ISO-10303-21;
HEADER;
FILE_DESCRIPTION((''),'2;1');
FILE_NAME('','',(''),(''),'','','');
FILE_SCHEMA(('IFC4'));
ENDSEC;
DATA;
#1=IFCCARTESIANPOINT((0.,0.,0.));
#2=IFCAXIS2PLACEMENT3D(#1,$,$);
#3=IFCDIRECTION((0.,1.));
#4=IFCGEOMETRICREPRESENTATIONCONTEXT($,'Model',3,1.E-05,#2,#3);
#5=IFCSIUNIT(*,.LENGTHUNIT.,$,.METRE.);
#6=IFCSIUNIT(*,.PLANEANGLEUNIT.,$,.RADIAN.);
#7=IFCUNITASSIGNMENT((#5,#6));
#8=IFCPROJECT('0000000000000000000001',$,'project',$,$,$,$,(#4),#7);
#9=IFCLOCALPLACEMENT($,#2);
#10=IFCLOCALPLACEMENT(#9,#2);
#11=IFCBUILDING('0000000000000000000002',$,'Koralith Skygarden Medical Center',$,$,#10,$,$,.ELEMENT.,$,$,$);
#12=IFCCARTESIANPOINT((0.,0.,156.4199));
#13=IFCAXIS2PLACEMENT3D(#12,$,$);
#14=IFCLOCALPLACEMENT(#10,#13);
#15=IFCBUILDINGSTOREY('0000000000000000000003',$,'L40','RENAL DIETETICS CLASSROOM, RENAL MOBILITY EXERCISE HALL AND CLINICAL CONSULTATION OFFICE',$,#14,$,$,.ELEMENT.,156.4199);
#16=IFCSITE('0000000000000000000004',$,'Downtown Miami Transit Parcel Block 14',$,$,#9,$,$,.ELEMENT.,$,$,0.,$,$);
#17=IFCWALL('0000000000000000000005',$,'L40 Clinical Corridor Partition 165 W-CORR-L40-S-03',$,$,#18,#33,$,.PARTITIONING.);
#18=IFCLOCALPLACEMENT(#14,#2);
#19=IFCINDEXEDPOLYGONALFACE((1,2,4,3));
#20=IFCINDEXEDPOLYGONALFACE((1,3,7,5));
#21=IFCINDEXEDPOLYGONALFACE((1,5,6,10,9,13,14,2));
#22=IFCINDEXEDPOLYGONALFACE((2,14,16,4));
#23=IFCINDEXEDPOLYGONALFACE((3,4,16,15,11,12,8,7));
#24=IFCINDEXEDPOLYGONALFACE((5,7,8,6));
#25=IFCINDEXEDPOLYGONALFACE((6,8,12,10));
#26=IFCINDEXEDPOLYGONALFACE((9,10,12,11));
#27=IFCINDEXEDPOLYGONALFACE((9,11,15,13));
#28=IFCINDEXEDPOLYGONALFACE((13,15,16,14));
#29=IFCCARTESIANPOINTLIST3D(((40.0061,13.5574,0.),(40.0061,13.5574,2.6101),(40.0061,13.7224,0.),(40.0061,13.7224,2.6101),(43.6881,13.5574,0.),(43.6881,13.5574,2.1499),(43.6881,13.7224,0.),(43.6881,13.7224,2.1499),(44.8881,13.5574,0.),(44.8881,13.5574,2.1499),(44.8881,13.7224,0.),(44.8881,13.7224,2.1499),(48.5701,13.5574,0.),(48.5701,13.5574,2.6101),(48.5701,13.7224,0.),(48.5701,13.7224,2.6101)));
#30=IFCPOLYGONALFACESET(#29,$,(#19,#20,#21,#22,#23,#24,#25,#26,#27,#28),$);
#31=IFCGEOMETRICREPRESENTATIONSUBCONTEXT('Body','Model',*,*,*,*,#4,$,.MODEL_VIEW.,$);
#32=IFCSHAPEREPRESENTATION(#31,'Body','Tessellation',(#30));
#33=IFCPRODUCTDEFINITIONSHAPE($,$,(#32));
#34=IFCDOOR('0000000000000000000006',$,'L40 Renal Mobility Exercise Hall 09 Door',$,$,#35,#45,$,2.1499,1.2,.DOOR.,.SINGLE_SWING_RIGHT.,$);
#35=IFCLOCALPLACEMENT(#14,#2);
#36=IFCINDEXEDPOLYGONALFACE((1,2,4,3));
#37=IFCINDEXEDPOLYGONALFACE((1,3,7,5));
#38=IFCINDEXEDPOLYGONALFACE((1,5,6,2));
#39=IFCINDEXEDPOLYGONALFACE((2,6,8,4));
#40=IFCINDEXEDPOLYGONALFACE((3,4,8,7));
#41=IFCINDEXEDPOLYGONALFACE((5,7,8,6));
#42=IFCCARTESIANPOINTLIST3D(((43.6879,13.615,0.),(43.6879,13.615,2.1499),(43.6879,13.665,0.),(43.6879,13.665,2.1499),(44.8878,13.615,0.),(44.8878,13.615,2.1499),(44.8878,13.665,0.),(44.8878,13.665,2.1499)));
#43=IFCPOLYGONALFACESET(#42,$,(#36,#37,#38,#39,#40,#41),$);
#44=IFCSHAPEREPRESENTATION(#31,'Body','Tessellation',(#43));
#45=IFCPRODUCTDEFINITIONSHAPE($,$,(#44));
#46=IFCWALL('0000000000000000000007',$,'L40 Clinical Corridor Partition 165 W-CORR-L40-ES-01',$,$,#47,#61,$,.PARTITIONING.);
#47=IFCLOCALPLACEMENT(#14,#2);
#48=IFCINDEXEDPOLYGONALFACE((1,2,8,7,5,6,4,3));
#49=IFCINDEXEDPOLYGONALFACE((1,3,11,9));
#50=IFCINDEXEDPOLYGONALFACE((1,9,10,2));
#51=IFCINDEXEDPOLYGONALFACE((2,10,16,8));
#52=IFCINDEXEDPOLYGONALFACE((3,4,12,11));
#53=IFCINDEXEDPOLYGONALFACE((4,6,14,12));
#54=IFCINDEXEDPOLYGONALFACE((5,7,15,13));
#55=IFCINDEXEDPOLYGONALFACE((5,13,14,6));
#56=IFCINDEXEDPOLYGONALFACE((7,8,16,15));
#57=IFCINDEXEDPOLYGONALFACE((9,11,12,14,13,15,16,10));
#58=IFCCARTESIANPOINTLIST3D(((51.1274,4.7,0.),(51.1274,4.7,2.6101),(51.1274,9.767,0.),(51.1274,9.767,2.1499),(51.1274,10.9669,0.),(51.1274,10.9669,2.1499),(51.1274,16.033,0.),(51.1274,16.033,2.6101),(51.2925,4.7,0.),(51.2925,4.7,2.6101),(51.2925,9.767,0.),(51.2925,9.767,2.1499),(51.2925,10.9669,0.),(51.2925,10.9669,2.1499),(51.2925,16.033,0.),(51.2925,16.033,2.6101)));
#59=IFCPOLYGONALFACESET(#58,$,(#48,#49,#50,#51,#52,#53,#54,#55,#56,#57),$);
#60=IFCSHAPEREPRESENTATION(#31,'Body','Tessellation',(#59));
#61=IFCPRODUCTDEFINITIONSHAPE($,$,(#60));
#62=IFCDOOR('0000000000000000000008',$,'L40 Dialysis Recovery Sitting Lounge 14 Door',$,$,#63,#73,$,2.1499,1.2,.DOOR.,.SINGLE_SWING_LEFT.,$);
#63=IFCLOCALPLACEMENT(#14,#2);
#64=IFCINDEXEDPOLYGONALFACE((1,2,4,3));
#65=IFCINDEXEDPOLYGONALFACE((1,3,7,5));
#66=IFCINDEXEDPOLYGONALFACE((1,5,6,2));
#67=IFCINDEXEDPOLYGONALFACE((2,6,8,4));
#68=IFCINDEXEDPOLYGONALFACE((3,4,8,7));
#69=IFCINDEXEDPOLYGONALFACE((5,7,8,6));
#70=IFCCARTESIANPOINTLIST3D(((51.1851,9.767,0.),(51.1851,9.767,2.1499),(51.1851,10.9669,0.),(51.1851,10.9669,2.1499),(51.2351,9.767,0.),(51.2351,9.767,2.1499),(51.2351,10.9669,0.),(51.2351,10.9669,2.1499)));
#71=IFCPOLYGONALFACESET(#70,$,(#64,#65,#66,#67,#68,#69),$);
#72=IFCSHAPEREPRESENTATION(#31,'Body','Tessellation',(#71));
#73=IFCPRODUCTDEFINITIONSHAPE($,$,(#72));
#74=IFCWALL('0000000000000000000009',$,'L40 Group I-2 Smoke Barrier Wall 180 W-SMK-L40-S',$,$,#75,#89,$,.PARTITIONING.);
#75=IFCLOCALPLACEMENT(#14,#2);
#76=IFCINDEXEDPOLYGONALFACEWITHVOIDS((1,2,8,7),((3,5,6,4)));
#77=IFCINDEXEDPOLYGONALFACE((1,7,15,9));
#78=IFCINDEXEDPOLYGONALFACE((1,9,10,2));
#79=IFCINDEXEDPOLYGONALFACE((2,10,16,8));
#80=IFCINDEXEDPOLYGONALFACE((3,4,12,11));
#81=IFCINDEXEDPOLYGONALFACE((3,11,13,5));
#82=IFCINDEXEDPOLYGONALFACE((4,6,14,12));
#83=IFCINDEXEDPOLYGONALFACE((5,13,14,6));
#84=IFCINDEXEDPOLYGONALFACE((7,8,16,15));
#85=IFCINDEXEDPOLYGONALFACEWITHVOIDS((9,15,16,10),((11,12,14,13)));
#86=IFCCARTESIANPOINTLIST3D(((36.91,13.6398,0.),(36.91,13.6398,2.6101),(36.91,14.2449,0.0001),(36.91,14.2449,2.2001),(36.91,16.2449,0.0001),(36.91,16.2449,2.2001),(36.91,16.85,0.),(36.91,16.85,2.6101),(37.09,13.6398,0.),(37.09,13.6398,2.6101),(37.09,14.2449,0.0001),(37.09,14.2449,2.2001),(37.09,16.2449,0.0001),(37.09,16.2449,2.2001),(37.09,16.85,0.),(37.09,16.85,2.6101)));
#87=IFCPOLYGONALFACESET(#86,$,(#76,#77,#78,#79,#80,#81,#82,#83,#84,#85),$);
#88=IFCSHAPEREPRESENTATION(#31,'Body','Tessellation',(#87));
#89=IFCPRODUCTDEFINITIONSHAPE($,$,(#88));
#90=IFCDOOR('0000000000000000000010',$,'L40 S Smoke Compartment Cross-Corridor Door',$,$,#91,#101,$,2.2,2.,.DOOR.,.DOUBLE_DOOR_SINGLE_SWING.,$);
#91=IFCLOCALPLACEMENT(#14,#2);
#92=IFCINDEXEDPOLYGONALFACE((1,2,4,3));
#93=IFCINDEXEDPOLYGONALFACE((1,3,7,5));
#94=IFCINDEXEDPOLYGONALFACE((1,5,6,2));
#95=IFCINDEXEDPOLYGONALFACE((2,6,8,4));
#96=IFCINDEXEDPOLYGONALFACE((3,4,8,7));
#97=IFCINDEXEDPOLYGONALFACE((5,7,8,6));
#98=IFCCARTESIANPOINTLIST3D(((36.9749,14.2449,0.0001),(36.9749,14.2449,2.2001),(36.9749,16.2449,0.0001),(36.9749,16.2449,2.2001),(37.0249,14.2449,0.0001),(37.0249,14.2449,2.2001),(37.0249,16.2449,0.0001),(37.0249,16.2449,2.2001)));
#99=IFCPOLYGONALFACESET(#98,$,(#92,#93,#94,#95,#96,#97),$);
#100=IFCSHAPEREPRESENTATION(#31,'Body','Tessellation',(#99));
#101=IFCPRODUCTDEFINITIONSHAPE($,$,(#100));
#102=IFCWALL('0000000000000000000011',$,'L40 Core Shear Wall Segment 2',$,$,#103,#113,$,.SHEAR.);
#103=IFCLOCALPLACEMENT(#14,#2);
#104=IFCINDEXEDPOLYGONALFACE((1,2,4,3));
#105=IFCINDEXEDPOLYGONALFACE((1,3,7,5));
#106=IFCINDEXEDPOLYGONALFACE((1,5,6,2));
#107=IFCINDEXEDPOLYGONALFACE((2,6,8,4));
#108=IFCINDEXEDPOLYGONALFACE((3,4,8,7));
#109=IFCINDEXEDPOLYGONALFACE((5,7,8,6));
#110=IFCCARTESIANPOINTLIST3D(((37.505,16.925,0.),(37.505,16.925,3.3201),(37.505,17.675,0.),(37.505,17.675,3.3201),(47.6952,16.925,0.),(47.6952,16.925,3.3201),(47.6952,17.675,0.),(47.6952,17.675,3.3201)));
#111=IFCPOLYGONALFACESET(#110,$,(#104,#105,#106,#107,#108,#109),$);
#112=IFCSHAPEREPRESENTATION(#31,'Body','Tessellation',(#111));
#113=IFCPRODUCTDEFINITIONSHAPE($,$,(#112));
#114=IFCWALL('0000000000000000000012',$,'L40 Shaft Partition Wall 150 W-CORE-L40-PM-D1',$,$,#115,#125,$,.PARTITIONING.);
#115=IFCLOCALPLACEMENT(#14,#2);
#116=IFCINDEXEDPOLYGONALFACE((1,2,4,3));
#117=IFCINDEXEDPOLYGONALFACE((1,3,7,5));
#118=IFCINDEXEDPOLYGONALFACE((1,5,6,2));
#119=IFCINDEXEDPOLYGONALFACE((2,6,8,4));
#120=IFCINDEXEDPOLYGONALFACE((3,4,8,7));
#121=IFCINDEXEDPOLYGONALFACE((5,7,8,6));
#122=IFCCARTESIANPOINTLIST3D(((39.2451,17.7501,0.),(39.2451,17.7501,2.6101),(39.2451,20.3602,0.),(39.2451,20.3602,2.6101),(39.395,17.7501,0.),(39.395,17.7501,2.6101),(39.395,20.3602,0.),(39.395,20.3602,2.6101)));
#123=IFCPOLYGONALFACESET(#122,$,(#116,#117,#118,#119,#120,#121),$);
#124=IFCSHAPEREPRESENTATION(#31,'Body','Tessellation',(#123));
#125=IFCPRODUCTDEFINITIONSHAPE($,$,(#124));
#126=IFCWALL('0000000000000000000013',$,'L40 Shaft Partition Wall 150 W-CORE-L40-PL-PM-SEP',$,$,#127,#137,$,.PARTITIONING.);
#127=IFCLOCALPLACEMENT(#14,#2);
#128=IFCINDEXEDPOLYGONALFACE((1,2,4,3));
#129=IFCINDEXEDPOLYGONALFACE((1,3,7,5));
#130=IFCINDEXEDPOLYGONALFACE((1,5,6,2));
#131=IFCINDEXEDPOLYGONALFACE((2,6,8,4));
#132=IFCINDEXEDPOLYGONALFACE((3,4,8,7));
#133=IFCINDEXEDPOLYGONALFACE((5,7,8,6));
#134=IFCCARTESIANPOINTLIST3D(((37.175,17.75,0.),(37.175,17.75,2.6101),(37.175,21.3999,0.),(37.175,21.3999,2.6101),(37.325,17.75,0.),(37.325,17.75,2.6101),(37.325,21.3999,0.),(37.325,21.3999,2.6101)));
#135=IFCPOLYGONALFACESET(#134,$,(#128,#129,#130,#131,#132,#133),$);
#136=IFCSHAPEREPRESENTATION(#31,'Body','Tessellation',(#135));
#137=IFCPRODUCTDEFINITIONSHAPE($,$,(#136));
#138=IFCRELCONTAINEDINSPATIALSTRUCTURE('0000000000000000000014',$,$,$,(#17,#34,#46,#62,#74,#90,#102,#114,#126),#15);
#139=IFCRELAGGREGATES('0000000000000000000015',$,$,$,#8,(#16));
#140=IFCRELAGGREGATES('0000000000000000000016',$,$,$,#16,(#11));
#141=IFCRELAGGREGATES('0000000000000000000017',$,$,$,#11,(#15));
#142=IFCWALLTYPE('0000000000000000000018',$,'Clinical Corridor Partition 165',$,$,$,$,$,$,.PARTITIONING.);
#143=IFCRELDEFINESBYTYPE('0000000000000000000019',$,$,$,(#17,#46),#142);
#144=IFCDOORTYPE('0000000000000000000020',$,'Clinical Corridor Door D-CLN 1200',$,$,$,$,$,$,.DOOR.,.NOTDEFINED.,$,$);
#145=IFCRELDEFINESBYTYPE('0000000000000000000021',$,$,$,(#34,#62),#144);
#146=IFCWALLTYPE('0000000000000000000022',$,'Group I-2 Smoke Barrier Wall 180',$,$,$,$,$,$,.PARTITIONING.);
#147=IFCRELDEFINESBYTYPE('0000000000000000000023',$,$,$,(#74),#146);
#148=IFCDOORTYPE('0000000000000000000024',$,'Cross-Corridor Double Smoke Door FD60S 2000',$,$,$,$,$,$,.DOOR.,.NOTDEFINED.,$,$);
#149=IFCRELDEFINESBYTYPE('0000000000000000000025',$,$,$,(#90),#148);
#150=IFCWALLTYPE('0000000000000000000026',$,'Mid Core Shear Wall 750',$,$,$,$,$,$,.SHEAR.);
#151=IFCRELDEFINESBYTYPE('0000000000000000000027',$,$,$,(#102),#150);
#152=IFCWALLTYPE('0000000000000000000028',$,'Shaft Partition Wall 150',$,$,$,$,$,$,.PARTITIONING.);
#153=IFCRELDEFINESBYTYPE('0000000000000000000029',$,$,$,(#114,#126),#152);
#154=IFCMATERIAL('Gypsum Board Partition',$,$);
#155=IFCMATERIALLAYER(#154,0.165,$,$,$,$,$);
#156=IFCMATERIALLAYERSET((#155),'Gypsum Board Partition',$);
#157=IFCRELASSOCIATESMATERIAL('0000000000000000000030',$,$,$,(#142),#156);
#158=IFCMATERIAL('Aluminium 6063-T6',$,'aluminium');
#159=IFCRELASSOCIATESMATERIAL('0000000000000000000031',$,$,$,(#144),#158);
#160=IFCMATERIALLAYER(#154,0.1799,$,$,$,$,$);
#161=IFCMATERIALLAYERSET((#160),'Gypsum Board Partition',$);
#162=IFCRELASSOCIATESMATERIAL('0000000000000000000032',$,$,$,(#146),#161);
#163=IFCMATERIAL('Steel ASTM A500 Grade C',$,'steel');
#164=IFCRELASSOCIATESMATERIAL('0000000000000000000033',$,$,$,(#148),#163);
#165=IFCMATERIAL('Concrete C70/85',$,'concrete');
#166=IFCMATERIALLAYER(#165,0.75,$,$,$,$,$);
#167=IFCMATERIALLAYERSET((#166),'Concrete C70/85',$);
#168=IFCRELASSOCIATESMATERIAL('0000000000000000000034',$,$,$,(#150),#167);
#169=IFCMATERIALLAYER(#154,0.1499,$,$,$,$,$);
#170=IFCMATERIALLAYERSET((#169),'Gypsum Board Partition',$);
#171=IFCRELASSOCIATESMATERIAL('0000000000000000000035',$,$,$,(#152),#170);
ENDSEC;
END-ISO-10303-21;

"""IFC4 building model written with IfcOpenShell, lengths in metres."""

from ifc_helpers import new_model, si_unit, direction, frame, frame_2d, origin, place, context, subcontext, project, spatial, rectangle, extrude, material, layer, layer_set, type_object, element, fill, save


model = new_model("IFC4")

# Units and contexts
model_context = context("Model", 3, precision=1e-05, world=origin(), true_north=direction((0.0, 1.0)))
body_context = subcontext(model_context, "Body", "Model", "MODEL_VIEW")
ifc_project = project(units=[si_unit("LENGTHUNIT", "METRE"), si_unit("PLANEANGLEUNIT", "RADIAN")], contexts=[model_context])

# Site, building, storey
site_placement = place(None, origin())
site = spatial("IfcSite", under=ifc_project, at=site_placement, Name="Downtown Miami Transit Parcel Block 14", CompositionType="ELEMENT", RefElevation=0.0)
building_placement = place(site_placement, origin())
building = spatial("IfcBuilding", under=site, at=building_placement, Name="Koralith Skygarden Medical Center", CompositionType="ELEMENT")
storey_placement = place(building_placement, frame((0.0, 0.0, 156.4199)))
storey = spatial("IfcBuildingStorey", under=building, at=storey_placement, Name="L40", Description="RENAL DIETETICS CLASSROOM, RENAL MOBILITY EXERCISE HALL AND CLINICAL CONSULTATION OFFICE", CompositionType="ELEMENT", Elevation=156.4199)

# Shared definitions
ifc_material_1 = material(Name="Concrete C70/85", Category="concrete")

# Shared definitions
ifc_material_2 = material(Name="Aluminium 6063-T6", Category="aluminium")

# Shared definitions
ifc_material_3 = material(Name="Gypsum Board Partition")
ifc_layer_1 = layer(ifc_material_3, 0.165)
ifc_layer_set_1 = layer_set([ifc_layer_1], Name="Gypsum Board Partition")
wall_type_1 = type_object("IfcWallType", Name="Clinical Corridor Partition 165", PredefinedType="PARTITIONING", material=ifc_layer_set_1)

# Walls, openings, doors
wall_1_placement = place(storey_placement, frame((40.0061, 13.6399, 0.0), z_axis=(0.0, 0.0, 1.0), x_axis=(1.0, 0.0, 0.0)))
wall_1 = element("IfcWall", 1, at=wall_1_placement, inside=storey, type_object=wall_type_1, Name="L40 Clinical Corridor Partition 165 W-CORR-L40-S-03", PredefinedType="PARTITIONING", context=body_context, shape_type="SweptSolid", body=[
    extrude(rectangle(XDim=8.564, YDim=0.165, at=frame_2d((4.282, 0.0))), origin(), (0.0, 0.0, 1.0), 2.6101),
])
opening_1_placement = place(wall_1_placement, frame((3.6819, 0.0, 0.0)))
opening_1 = element("IfcOpeningElement", 2, at=opening_1_placement, cuts=wall_1, PredefinedType="OPENING", context=body_context, shape_type="SweptSolid", body=[
    extrude(rectangle(XDim=1.2, YDim=2.1499, at=frame_2d((0.6001, 1.075))), frame((0.0, 0.0925, 0.0), z_axis=(0.0, -1.0, 0.0), x_axis=(1.0, 0.0, 0.0)), (0.0, 0.0, 1.0), 0.1851),
])
door_type_1 = type_object("IfcDoorType", Name="Clinical Corridor Door D-CLN 1200", OperationType="NOTDEFINED", PredefinedType="DOOR", material=ifc_material_2)
door_1_placement = place(opening_1_placement, frame((1.2, 0.0, 0.0), z_axis=(0.0, 0.0, 1.0), x_axis=(-1.0, 0.0, 0.0)))
door_1 = element("IfcDoor", 3, at=door_1_placement, inside=storey, type_object=door_type_1, Name="L40 Renal Mobility Exercise Hall 09 Door", OperationType="SINGLE_SWING_RIGHT", OverallHeight=2.1499, OverallWidth=1.2, PredefinedType="DOOR", context=body_context, shape_type="SweptSolid", body=[
    extrude(rectangle(XDim=1.2, YDim=2.1499, at=frame_2d((0.6001, 1.075))), frame((0.0, 0.0249, 0.0), z_axis=(0.0, -1.0, 0.0), x_axis=(1.0, 0.0, 0.0)), (0.0, 0.0, 1.0), 0.05),
])
fill(opening_1, door_1)
wall_2_placement = place(storey_placement, frame((51.21, 4.7, 0.0), z_axis=(0.0, 0.0, 1.0), x_axis=(0.0, 1.0, 0.0)))
wall_2 = element("IfcWall", 4, at=wall_2_placement, inside=storey, type_object=wall_type_1, Name="L40 Clinical Corridor Partition 165 W-CORR-L40-ES-01", PredefinedType="PARTITIONING", context=body_context, shape_type="SweptSolid", body=[
    extrude(rectangle(XDim=11.333, YDim=0.165, at=frame_2d((5.6665, 0.0))), origin(), (0.0, 0.0, 1.0), 2.6101),
])
opening_2_placement = place(wall_2_placement, frame((5.0669, 0.0, 0.0)))
opening_2 = element("IfcOpeningElement", 5, at=opening_2_placement, cuts=wall_2, PredefinedType="OPENING", context=body_context, shape_type="SweptSolid", body=[
    extrude(rectangle(XDim=1.2, YDim=2.1499, at=frame_2d((0.6001, 1.075))), frame((0.0, 0.0925, 0.0), z_axis=(0.0, -1.0, 0.0), x_axis=(1.0, 0.0, 0.0)), (0.0, 0.0, 1.0), 0.1851),
])
door_2_placement = place(opening_2_placement, origin())
door_2 = element("IfcDoor", 6, at=door_2_placement, inside=storey, type_object=door_type_1, Name="L40 Dialysis Recovery Sitting Lounge 14 Door", OperationType="SINGLE_SWING_LEFT", OverallHeight=2.1499, OverallWidth=1.2, PredefinedType="DOOR", context=body_context, shape_type="SweptSolid", body=[
    extrude(rectangle(XDim=1.2, YDim=2.1499, at=frame_2d((0.6001, 1.075))), frame((0.0, 0.0249, 0.0), z_axis=(0.0, -1.0, 0.0), x_axis=(1.0, 0.0, 0.0)), (0.0, 0.0, 1.0), 0.05),
])
fill(opening_2, door_2)
ifc_layer_2 = layer(ifc_material_3, 0.1799)
ifc_layer_set_2 = layer_set([ifc_layer_2], Name="Gypsum Board Partition")
wall_type_2 = type_object("IfcWallType", Name="Group I-2 Smoke Barrier Wall 180", PredefinedType="PARTITIONING", material=ifc_layer_set_2)
wall_3_placement = place(storey_placement, frame((37.0, 13.6399, 0.0), z_axis=(0.0, 0.0, 1.0), x_axis=(0.0, 1.0, 0.0)))
wall_3 = element("IfcWall", 7, at=wall_3_placement, inside=storey, type_object=wall_type_2, Name="L40 Group I-2 Smoke Barrier Wall 180 W-SMK-L40-S", PredefinedType="PARTITIONING", context=body_context, shape_type="SweptSolid", body=[
    extrude(rectangle(XDim=3.2102, YDim=0.1799, at=frame_2d((1.605, 0.0))), origin(), (0.0, 0.0, 1.0), 2.6101),
])
opening_3_placement = place(wall_3_placement, frame((0.605, 0.0, 0.0)))
opening_3 = element("IfcOpeningElement", 8, at=opening_3_placement, cuts=wall_3, PredefinedType="OPENING", context=body_context, shape_type="SweptSolid", body=[
    extrude(rectangle(XDim=2.0, YDim=2.2, at=frame_2d((1.0, 1.1001))), frame((0.0, 0.0999, 0.0), z_axis=(0.0, -1.0, 0.0), x_axis=(1.0, 0.0, 0.0)), (0.0, 0.0, 1.0), 0.2),
])
ifc_material_4 = material(Name="Steel ASTM A500 Grade C", Category="steel")
door_type_2 = type_object("IfcDoorType", Name="Cross-Corridor Double Smoke Door FD60S 2000", OperationType="NOTDEFINED", PredefinedType="DOOR", material=ifc_material_4)
door_3_placement = place(opening_3_placement, frame((2.0, 0.0, 0.0), z_axis=(0.0, 0.0, 1.0), x_axis=(-1.0, 0.0, 0.0)))
door_3 = element("IfcDoor", 9, at=door_3_placement, inside=storey, type_object=door_type_2, Name="L40 S Smoke Compartment Cross-Corridor Door", OperationType="DOUBLE_DOOR_SINGLE_SWING", OverallHeight=2.2, OverallWidth=2.0, PredefinedType="DOOR", context=body_context, shape_type="SweptSolid", body=[
    extrude(rectangle(XDim=2.0, YDim=2.2, at=frame_2d((1.0, 1.1001))), frame((0.0, 0.0249, 0.0), z_axis=(0.0, -1.0, 0.0), x_axis=(1.0, 0.0, 0.0)), (0.0, 0.0, 1.0), 0.05),
])
fill(opening_3, door_3)

# Walls
ifc_layer_3 = layer(ifc_material_1, 0.75)
ifc_layer_set_3 = layer_set([ifc_layer_3], Name="Concrete C70/85")
wall_type_3 = type_object("IfcWallType", Name="Mid Core Shear Wall 750", PredefinedType="SHEAR", material=ifc_layer_set_3)
wall_4_placement = place(storey_placement, frame((37.5049, 17.3, 0.0), z_axis=(0.0, 0.0, 1.0), x_axis=(1.0, 0.0, 0.0)))
element("IfcWall", 10, at=wall_4_placement, inside=storey, type_object=wall_type_3, Name="L40 Core Shear Wall Segment 2", PredefinedType="SHEAR", context=body_context, shape_type="SweptSolid", body=[
    extrude(rectangle(XDim=10.1902, YDim=0.75, at=frame_2d((5.0952, 0.0))), origin(), (0.0, 0.0, 1.0), 3.3201),
])
ifc_layer_4 = layer(ifc_material_3, 0.1499)
ifc_layer_set_4 = layer_set([ifc_layer_4], Name="Gypsum Board Partition")
wall_type_4 = type_object("IfcWallType", Name="Shaft Partition Wall 150", PredefinedType="PARTITIONING", material=ifc_layer_set_4)
wall_5_placement = place(storey_placement, frame((39.3201, 17.75, 0.0), z_axis=(0.0, 0.0, 1.0), x_axis=(0.0, 1.0, 0.0)))
element("IfcWall", 11, at=wall_5_placement, inside=storey, type_object=wall_type_4, Name="L40 Shaft Partition Wall 150 W-CORE-L40-PM-D1", PredefinedType="PARTITIONING", context=body_context, shape_type="SweptSolid", body=[
    extrude(rectangle(XDim=2.6101, YDim=0.1499, at=frame_2d((1.3052, 0.0))), origin(), (0.0, 0.0, 1.0), 2.6101),
])
wall_6_placement = place(storey_placement, frame((37.25, 17.75, 0.0), z_axis=(0.0, 0.0, 1.0), x_axis=(0.0, 1.0, 0.0)))
element("IfcWall", 12, at=wall_6_placement, inside=storey, type_object=wall_type_4, Name="L40 Shaft Partition Wall 150 W-CORE-L40-PL-PM-SEP", PredefinedType="PARTITIONING", context=body_context, shape_type="SweptSolid", body=[
    extrude(rectangle(XDim=3.6499, YDim=0.1499, at=frame_2d((1.825, 0.0))), origin(), (0.0, 0.0, 1.0), 2.6101),
])

save(model, "model.ifc")
